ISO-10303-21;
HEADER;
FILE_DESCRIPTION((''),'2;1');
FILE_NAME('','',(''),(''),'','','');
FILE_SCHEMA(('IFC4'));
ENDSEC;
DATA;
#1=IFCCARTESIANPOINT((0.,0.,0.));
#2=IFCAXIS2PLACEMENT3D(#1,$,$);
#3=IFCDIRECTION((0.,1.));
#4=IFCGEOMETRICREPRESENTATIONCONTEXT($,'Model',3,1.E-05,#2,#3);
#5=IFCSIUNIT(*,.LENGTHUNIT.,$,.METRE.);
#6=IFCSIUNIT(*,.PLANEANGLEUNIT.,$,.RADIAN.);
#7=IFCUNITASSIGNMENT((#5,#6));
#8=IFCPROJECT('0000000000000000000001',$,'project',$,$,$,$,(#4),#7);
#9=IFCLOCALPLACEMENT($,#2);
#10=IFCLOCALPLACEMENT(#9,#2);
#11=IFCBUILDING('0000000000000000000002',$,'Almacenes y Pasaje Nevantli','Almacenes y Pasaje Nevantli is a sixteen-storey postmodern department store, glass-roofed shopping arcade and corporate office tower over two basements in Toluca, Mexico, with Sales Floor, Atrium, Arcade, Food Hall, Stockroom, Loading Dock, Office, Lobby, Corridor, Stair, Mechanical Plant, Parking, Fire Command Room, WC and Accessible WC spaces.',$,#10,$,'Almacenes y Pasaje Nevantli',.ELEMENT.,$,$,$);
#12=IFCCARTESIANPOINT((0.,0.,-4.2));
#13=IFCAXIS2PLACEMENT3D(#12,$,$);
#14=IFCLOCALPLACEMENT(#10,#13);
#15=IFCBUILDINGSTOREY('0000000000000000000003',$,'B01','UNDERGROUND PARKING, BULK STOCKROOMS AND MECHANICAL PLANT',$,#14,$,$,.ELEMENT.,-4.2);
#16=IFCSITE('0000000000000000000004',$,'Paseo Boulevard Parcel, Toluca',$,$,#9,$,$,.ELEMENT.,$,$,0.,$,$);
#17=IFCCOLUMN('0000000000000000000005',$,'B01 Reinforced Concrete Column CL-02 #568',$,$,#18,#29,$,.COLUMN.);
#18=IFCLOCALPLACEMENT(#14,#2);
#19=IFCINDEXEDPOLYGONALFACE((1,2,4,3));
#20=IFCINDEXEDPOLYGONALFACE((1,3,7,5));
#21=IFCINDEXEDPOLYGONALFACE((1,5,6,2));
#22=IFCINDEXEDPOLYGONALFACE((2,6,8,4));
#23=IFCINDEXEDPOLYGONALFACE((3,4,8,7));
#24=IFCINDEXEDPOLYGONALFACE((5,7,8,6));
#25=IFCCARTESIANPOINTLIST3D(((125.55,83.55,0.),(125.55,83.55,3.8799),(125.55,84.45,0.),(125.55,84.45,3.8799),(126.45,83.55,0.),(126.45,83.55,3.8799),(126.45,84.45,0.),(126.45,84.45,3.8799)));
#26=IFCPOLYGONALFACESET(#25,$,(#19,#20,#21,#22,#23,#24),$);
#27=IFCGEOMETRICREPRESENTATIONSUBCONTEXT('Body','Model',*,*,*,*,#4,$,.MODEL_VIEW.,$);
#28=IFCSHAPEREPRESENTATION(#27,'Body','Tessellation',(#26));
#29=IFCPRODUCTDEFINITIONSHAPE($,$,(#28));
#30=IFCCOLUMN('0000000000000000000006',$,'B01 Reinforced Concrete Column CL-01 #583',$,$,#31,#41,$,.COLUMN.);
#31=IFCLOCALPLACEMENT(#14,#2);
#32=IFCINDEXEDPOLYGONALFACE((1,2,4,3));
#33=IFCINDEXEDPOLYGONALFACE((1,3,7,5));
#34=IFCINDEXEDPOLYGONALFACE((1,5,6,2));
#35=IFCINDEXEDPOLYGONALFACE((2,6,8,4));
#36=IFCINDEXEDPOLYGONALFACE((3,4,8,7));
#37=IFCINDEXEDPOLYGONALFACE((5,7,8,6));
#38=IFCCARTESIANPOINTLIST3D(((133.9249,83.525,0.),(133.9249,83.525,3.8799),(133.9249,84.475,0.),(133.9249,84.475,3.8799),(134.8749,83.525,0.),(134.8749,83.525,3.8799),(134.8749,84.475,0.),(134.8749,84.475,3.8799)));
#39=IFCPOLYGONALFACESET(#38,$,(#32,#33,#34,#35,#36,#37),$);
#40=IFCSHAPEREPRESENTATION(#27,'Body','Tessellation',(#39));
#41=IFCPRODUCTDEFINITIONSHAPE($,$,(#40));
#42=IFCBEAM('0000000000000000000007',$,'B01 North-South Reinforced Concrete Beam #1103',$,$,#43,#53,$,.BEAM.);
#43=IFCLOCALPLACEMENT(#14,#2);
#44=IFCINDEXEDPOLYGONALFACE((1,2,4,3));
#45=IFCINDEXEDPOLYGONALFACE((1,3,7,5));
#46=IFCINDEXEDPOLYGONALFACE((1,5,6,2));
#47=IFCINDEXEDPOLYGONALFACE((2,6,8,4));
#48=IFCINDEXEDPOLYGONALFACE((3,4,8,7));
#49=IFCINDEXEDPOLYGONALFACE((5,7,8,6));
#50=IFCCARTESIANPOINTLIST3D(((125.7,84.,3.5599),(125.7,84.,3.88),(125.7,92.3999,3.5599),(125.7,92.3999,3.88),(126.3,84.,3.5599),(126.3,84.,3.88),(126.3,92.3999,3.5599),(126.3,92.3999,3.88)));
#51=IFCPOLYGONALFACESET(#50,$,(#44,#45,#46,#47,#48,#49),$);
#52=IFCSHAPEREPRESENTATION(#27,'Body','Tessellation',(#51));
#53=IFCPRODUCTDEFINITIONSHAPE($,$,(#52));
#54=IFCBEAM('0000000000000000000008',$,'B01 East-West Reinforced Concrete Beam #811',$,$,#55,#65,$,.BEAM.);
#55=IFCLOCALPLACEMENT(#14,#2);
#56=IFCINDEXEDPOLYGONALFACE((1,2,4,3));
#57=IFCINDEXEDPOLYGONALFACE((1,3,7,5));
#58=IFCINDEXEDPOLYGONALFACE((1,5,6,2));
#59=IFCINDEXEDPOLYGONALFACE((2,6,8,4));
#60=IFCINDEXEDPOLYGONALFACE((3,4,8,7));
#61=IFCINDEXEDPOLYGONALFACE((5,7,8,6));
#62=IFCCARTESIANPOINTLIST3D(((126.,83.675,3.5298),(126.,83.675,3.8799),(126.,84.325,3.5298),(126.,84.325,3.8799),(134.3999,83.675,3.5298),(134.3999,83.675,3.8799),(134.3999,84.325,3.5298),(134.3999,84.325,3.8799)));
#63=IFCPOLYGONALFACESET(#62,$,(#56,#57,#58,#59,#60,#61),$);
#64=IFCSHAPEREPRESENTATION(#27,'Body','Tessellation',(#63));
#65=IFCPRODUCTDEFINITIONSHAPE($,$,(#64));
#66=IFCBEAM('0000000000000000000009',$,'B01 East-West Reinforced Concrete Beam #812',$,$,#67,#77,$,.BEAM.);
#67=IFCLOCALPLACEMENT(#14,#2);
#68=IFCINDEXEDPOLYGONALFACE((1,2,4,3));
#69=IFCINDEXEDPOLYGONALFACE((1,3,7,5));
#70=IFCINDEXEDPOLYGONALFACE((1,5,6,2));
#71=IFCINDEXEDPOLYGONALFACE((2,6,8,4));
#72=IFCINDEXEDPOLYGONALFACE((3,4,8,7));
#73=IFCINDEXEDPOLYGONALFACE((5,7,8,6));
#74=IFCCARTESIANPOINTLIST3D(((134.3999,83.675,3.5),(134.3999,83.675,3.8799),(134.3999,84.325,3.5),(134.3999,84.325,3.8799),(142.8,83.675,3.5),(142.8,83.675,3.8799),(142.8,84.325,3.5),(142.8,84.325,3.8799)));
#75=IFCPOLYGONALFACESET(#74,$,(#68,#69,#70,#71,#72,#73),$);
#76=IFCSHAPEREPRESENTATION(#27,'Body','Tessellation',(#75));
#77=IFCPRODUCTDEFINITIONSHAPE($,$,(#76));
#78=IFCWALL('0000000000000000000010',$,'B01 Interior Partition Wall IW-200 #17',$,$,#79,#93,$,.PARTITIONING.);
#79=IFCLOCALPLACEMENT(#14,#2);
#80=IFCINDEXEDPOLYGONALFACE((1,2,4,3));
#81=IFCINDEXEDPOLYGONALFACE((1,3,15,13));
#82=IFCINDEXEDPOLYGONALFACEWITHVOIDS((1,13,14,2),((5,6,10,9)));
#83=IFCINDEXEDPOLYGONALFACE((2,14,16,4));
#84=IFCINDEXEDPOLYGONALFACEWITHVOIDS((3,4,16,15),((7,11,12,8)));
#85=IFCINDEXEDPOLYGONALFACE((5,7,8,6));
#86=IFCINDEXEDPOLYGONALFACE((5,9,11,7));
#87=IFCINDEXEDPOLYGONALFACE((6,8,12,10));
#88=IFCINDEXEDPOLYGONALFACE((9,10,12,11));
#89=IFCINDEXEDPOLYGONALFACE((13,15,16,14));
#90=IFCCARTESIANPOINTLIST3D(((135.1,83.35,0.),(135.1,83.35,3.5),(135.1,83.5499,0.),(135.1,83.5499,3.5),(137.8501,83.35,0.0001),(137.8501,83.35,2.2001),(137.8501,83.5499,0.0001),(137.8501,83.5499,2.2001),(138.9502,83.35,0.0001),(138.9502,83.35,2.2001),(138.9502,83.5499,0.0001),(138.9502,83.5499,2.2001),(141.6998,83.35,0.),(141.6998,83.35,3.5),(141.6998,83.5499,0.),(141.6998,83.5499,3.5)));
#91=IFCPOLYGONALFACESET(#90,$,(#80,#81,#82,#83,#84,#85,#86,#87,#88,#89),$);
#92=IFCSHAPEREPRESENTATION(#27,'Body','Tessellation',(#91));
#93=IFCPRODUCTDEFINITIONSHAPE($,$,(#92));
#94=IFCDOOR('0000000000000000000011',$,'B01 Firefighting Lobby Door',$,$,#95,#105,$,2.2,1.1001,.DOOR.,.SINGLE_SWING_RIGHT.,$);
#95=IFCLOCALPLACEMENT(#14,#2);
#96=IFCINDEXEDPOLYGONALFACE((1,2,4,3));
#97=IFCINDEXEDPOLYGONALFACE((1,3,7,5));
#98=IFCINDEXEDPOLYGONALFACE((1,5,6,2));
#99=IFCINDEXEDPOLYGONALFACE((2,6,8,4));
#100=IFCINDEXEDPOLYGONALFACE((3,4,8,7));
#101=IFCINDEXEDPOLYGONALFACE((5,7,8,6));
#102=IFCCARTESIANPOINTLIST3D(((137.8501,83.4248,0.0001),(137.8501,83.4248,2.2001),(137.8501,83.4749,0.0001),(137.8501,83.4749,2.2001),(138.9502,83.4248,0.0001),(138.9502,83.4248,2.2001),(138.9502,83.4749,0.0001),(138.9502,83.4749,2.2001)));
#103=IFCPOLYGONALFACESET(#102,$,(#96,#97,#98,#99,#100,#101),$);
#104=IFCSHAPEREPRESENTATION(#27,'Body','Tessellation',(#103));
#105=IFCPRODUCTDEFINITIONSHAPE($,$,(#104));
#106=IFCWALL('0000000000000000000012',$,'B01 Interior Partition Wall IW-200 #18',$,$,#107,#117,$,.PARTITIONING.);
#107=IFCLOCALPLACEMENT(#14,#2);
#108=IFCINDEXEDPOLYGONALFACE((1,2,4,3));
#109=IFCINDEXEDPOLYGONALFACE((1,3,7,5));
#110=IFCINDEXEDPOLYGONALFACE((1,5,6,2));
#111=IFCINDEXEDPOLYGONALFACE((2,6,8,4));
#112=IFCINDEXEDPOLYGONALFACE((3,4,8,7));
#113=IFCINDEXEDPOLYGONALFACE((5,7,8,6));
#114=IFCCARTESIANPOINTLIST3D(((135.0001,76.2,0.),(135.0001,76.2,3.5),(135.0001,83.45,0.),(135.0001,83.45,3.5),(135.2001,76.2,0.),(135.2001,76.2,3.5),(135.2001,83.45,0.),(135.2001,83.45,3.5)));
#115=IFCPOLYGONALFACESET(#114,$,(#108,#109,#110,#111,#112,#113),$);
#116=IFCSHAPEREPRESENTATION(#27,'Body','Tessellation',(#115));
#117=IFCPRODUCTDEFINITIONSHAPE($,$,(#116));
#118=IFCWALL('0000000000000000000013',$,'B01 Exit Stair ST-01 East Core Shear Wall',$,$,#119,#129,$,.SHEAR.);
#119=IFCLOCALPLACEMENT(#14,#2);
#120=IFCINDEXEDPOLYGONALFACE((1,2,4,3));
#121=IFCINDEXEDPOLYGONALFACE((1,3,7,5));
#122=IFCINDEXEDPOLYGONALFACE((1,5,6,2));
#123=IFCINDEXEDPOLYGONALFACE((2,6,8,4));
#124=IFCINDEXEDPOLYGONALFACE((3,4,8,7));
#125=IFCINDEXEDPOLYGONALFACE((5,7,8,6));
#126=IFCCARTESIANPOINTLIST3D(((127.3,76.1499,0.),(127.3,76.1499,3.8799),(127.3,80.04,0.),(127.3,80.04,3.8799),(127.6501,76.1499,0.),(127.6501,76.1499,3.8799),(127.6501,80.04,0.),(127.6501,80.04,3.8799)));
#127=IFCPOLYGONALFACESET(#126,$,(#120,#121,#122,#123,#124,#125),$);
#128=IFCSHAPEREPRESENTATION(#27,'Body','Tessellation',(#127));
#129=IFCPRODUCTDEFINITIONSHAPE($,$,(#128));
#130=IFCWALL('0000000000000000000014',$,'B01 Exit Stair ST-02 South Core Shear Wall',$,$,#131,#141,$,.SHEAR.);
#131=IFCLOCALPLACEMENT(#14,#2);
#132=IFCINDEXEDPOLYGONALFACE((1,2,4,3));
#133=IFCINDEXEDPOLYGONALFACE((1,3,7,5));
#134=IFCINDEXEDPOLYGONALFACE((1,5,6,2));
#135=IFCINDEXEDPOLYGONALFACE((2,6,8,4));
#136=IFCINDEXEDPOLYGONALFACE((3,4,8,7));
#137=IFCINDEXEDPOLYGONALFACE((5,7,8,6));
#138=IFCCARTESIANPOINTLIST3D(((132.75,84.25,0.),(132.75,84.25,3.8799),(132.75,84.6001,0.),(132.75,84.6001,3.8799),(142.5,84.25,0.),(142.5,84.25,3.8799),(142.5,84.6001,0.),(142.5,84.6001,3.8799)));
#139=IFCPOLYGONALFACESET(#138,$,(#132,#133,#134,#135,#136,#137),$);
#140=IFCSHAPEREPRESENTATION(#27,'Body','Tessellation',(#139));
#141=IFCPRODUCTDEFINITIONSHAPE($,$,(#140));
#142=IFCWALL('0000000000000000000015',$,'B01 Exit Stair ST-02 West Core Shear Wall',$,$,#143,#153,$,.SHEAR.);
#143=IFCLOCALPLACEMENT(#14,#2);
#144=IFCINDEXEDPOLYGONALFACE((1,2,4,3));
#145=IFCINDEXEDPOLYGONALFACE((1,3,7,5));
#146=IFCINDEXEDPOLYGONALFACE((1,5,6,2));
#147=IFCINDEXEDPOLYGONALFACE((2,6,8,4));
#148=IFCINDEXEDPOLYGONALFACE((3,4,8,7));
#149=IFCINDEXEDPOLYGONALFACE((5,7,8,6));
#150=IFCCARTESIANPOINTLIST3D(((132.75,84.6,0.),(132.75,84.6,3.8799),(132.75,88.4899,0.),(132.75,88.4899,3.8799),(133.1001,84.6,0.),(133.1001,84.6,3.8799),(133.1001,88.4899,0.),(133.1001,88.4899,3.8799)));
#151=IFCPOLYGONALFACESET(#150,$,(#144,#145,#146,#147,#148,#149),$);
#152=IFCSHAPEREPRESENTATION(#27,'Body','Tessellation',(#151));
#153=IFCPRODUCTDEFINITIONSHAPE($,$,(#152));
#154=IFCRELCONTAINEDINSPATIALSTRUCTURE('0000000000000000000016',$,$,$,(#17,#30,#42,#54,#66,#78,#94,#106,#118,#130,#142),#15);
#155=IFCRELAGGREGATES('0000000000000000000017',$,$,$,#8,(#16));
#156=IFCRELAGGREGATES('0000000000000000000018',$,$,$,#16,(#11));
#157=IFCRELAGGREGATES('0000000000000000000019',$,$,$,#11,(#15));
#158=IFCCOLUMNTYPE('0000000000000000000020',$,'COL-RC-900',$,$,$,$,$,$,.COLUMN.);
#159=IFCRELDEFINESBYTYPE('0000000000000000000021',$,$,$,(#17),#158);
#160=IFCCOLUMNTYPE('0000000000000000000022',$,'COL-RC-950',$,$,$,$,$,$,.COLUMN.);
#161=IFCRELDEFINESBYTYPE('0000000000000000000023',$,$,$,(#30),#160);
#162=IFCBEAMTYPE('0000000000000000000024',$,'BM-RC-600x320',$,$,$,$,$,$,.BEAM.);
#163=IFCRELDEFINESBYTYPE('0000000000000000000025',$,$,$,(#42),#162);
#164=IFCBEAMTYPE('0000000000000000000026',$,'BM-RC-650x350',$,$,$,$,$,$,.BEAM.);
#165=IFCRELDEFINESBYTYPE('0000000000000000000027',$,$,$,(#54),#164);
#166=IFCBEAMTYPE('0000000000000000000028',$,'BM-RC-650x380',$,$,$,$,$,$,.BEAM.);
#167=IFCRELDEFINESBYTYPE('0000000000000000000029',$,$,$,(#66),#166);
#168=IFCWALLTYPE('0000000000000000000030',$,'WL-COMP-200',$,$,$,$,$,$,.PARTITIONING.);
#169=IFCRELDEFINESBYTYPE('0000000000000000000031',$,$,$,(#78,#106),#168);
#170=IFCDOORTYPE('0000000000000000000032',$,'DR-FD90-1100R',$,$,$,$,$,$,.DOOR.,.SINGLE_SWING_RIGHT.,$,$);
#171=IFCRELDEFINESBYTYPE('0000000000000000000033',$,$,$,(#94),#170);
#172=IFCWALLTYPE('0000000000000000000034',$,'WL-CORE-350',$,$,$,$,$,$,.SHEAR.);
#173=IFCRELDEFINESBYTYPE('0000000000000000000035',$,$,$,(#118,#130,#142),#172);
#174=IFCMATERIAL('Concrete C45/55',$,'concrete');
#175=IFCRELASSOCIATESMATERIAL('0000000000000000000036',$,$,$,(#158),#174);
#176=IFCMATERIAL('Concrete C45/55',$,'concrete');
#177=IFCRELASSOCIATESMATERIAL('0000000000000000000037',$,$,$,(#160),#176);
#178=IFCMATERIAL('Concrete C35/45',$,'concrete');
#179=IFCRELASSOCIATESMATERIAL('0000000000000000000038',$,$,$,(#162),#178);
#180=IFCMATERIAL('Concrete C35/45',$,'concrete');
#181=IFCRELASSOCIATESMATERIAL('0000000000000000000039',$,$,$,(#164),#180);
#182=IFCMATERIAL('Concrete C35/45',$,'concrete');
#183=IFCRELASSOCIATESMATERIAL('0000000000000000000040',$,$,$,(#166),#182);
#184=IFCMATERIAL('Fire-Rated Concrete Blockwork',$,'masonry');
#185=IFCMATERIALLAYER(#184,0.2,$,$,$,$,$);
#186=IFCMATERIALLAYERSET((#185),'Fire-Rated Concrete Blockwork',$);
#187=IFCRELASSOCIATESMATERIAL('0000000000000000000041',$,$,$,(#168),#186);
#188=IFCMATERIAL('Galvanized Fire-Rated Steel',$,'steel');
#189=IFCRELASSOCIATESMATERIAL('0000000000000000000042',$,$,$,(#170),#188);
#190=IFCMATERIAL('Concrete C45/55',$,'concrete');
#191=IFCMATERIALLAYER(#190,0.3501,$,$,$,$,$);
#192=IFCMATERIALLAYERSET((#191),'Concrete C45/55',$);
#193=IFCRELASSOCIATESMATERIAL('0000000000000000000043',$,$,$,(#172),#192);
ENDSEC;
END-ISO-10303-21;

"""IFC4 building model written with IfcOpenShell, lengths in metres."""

from ifc_helpers import new_model, si_unit, direction, frame, frame_2d, origin, origin_2d, place, context, subcontext, project, spatial, rectangle, extrude, material, layer, layer_set, material_profile, profile_set, type_object, element, fill, save


model = new_model("IFC4")

# Units and contexts
model_context = context("Model", 3, precision=1e-05, world=origin(), true_north=direction((0.0, 1.0)))
body_context = subcontext(model_context, "Body", "Model", "MODEL_VIEW")
ifc_project = project(units=[si_unit("LENGTHUNIT", "METRE"), si_unit("PLANEANGLEUNIT", "RADIAN")], contexts=[model_context])

# Site, building, storey
site_placement = place(None, origin())
site = spatial("IfcSite", under=ifc_project, at=site_placement, Name="Paseo Boulevard Parcel, Toluca", CompositionType="ELEMENT", RefElevation=0.0)
building_placement = place(site_placement, origin())
building = spatial("IfcBuilding", under=site, at=building_placement, Name="Almacenes y Pasaje Nevantli", Description="Almacenes y Pasaje Nevantli is a sixteen-storey postmodern department store, glass-roofed shopping arcade and corporate office tower over two basements in Toluca, Mexico, with Sales Floor, Atrium, Arcade, Food Hall, Stockroom, Loading Dock, Office, Lobby, Corridor, Stair, Mechanical Plant, Parking, Fire Command Room, WC and Accessible WC spaces.", LongName="Almacenes y Pasaje Nevantli", CompositionType="ELEMENT")
storey_placement = place(building_placement, frame((0.0, 0.0, -4.2)))
storey = spatial("IfcBuildingStorey", under=building, at=storey_placement, Name="B01", Description="UNDERGROUND PARKING, BULK STOCKROOMS AND MECHANICAL PLANT", CompositionType="ELEMENT", Elevation=-4.2)

# Columns
ifc_material_1 = material(Name="Concrete C45/55", Category="concrete")
ifc_material_profile_1 = material_profile(ifc_material_1, rectangle(XDim=0.8999, YDim=0.8999, at=origin_2d()), Name="RC-COL-900x900")
ifc_profile_set_1 = profile_set([ifc_material_profile_1], Name="Concrete C45/55")
column_type_1 = type_object("IfcColumnType", Name="COL-RC-900", PredefinedType="COLUMN", material=ifc_profile_set_1)
column_1_placement = place(storey_placement, frame((126.0, 84.0, 0.0), z_axis=(0.0, 0.0, 1.0), x_axis=(1.0, 0.0, 0.0)))
element("IfcColumn", 1, at=column_1_placement, inside=storey, type_object=column_type_1, Name="B01 Reinforced Concrete Column CL-02 #568", PredefinedType="COLUMN", context=body_context, shape_type="SweptSolid", body=[
    extrude(rectangle(XDim=0.8999, YDim=0.8999, at=origin_2d()), origin(), (0.0, 0.0, 1.0), 3.8799),
])
ifc_material_2 = material(Name="Concrete C45/55", Category="concrete")
ifc_material_profile_2 = material_profile(ifc_material_2, rectangle(XDim=0.95, YDim=0.95, at=origin_2d()), Name="RC-COL-950x950")
ifc_profile_set_2 = profile_set([ifc_material_profile_2], Name="Concrete C45/55")
column_type_2 = type_object("IfcColumnType", Name="COL-RC-950", PredefinedType="COLUMN", material=ifc_profile_set_2)
column_2_placement = place(storey_placement, frame((134.3999, 84.0, 0.0), z_axis=(0.0, 0.0, 1.0), x_axis=(1.0, 0.0, 0.0)))
element("IfcColumn", 2, at=column_2_placement, inside=storey, type_object=column_type_2, Name="B01 Reinforced Concrete Column CL-01 #583", PredefinedType="COLUMN", context=body_context, shape_type="SweptSolid", body=[
    extrude(rectangle(XDim=0.95, YDim=0.95, at=origin_2d()), origin(), (0.0, 0.0, 1.0), 3.8799),
])

# Beams
ifc_material_3 = material(Name="Concrete C35/45", Category="concrete")
ifc_material_profile_3 = material_profile(ifc_material_3, rectangle(XDim=0.6001, YDim=0.3201, at=origin_2d()), Name="RC-BM-600x320")
ifc_profile_set_3 = profile_set([ifc_material_profile_3], Name="Concrete C35/45")
beam_type_1 = type_object("IfcBeamType", Name="BM-RC-600x320", PredefinedType="BEAM", material=ifc_profile_set_3)
beam_1_placement = place(storey_placement, frame((126.0, 84.0, 3.72), z_axis=(0.0, 1.0, 0.0), x_axis=(-1.0, 0.0, 0.0)))
element("IfcBeam", 3, at=beam_1_placement, inside=storey, type_object=beam_type_1, Name="B01 North-South Reinforced Concrete Beam #1103", PredefinedType="BEAM", context=body_context, shape_type="SweptSolid", body=[
    extrude(rectangle(XDim=0.6001, YDim=0.3201, at=origin_2d()), origin(), (0.0, 0.0, 1.0), 8.3999),
])
ifc_material_4 = material(Name="Concrete C35/45", Category="concrete")
ifc_material_profile_4 = material_profile(ifc_material_4, rectangle(XDim=0.6499, YDim=0.3501, at=origin_2d()), Name="RC-BM-650x350")
ifc_profile_set_4 = profile_set([ifc_material_profile_4], Name="Concrete C35/45")
beam_type_2 = type_object("IfcBeamType", Name="BM-RC-650x350", PredefinedType="BEAM", material=ifc_profile_set_4)
beam_2_placement = place(storey_placement, frame((126.0, 84.0, 3.7048), z_axis=(1.0, 0.0, 0.0), x_axis=(0.0, 1.0, 0.0)))
element("IfcBeam", 4, at=beam_2_placement, inside=storey, type_object=beam_type_2, Name="B01 East-West Reinforced Concrete Beam #811", PredefinedType="BEAM", context=body_context, shape_type="SweptSolid", body=[
    extrude(rectangle(XDim=0.6499, YDim=0.3501, at=origin_2d()), origin(), (0.0, 0.0, 1.0), 8.3999),
])
ifc_material_5 = material(Name="Concrete C35/45", Category="concrete")
ifc_material_profile_5 = material_profile(ifc_material_5, rectangle(XDim=0.6499, YDim=0.3799, at=origin_2d()), Name="RC-BM-650x380")
ifc_profile_set_5 = profile_set([ifc_material_profile_5], Name="Concrete C35/45")
beam_type_3 = type_object("IfcBeamType", Name="BM-RC-650x380", PredefinedType="BEAM", material=ifc_profile_set_5)
beam_3_placement = place(storey_placement, frame((134.3999, 84.0, 3.6899), z_axis=(1.0, 0.0, 0.0), x_axis=(0.0, 1.0, 0.0)))
element("IfcBeam", 5, at=beam_3_placement, inside=storey, type_object=beam_type_3, Name="B01 East-West Reinforced Concrete Beam #812", PredefinedType="BEAM", context=body_context, shape_type="SweptSolid", body=[
    extrude(rectangle(XDim=0.6499, YDim=0.3799, at=origin_2d()), origin(), (0.0, 0.0, 1.0), 8.4001),
])

# Wall, opening, door
ifc_material_6 = material(Name="Fire-Rated Concrete Blockwork", Category="masonry")
ifc_layer_1 = layer(ifc_material_6, 0.2)
ifc_layer_set_1 = layer_set([ifc_layer_1], Name="Fire-Rated Concrete Blockwork")
wall_type_1 = type_object("IfcWallType", Name="WL-COMP-200", PredefinedType="PARTITIONING", material=ifc_layer_set_1)
wall_1_placement = place(storey_placement, frame((135.1001, 83.45, 0.0), z_axis=(0.0, 0.0, 1.0), x_axis=(1.0, 0.0, 0.0)))
wall_1 = element("IfcWall", 6, at=wall_1_placement, inside=storey, type_object=wall_type_1, Name="B01 Interior Partition Wall IW-200 #17", PredefinedType="PARTITIONING", context=body_context, shape_type="SweptSolid", body=[
    extrude(rectangle(XDim=6.5999, YDim=0.2, at=frame_2d((3.2998, 0.0))), origin(), (0.0, 0.0, 1.0), 3.5),
])
opening_1_placement = place(wall_1_placement, frame((2.75, 0.0, 0.0)))
opening_1 = element("IfcOpeningElement", 7, at=opening_1_placement, cuts=wall_1, PredefinedType="OPENING", context=body_context, shape_type="SweptSolid", body=[
    extrude(rectangle(XDim=1.1001, YDim=2.2, at=frame_2d((0.55, 1.1001))), frame((0.0, 0.1099, 0.0), z_axis=(0.0, -1.0, 0.0), x_axis=(1.0, 0.0, 0.0)), (0.0, 0.0, 1.0), 0.22),
])
ifc_material_7 = material(Name="Galvanized Fire-Rated Steel", Category="steel")
door_type_1 = type_object("IfcDoorType", Name="DR-FD90-1100R", OperationType="SINGLE_SWING_RIGHT", PredefinedType="DOOR", material=ifc_material_7)
door_1_placement = place(opening_1_placement, origin())
door_1 = element("IfcDoor", 8, at=door_1_placement, inside=storey, type_object=door_type_1, Name="B01 Firefighting Lobby Door", OperationType="SINGLE_SWING_RIGHT", OverallHeight=2.2, OverallWidth=1.1001, PredefinedType="DOOR", context=body_context, shape_type="SweptSolid", body=[
    extrude(rectangle(XDim=1.1001, YDim=2.2, at=frame_2d((0.55, 1.1001))), frame((0.0, 0.0249, 0.0), z_axis=(0.0, -1.0, 0.0), x_axis=(1.0, 0.0, 0.0)), (0.0, 0.0, 1.0), 0.05),
])
fill(opening_1, door_1)

# Walls
wall_2_placement = place(storey_placement, frame((135.1001, 76.2, 0.0), z_axis=(0.0, 0.0, 1.0), x_axis=(0.0, 1.0, 0.0)))
element("IfcWall", 9, at=wall_2_placement, inside=storey, type_object=wall_type_1, Name="B01 Interior Partition Wall IW-200 #18", PredefinedType="PARTITIONING", context=body_context, shape_type="SweptSolid", body=[
    extrude(rectangle(XDim=7.25, YDim=0.2, at=frame_2d((3.625, 0.0))), origin(), (0.0, 0.0, 1.0), 3.5),
])
ifc_material_8 = material(Name="Concrete C45/55", Category="concrete")
ifc_layer_2 = layer(ifc_material_8, 0.3501)
ifc_layer_set_2 = layer_set([ifc_layer_2], Name="Concrete C45/55")
wall_type_2 = type_object("IfcWallType", Name="WL-CORE-350", PredefinedType="SHEAR", material=ifc_layer_set_2)
wall_3_placement = place(storey_placement, frame((127.4751, 76.1499, 0.0), z_axis=(0.0, 0.0, 1.0), x_axis=(0.0, 1.0, 0.0)))
element("IfcWall", 10, at=wall_3_placement, inside=storey, type_object=wall_type_2, Name="B01 Exit Stair ST-01 East Core Shear Wall", PredefinedType="SHEAR", context=body_context, shape_type="SweptSolid", body=[
    extrude(rectangle(XDim=3.8901, YDim=0.3501, at=frame_2d((1.9451, 0.0))), origin(), (0.0, 0.0, 1.0), 3.8799),
])
wall_4_placement = place(storey_placement, frame((132.75, 84.425, 0.0), z_axis=(0.0, 0.0, 1.0), x_axis=(1.0, 0.0, 0.0)))
element("IfcWall", 11, at=wall_4_placement, inside=storey, type_object=wall_type_2, Name="B01 Exit Stair ST-02 South Core Shear Wall", PredefinedType="SHEAR", context=body_context, shape_type="SweptSolid", body=[
    extrude(rectangle(XDim=9.75, YDim=0.3501, at=frame_2d((4.875, 0.0))), origin(), (0.0, 0.0, 1.0), 3.8799),
])
wall_5_placement = place(storey_placement, frame((132.925, 84.6001, 0.0), z_axis=(0.0, 0.0, 1.0), x_axis=(0.0, 1.0, 0.0)))
element("IfcWall", 12, at=wall_5_placement, inside=storey, type_object=wall_type_2, Name="B01 Exit Stair ST-02 West Core Shear Wall", PredefinedType="SHEAR", context=body_context, shape_type="SweptSolid", body=[
    extrude(rectangle(XDim=3.8899, YDim=0.3501, at=frame_2d((1.9448, 0.0))), origin(), (0.0, 0.0, 1.0), 3.8799),
])

save(model, "model.ifc")
